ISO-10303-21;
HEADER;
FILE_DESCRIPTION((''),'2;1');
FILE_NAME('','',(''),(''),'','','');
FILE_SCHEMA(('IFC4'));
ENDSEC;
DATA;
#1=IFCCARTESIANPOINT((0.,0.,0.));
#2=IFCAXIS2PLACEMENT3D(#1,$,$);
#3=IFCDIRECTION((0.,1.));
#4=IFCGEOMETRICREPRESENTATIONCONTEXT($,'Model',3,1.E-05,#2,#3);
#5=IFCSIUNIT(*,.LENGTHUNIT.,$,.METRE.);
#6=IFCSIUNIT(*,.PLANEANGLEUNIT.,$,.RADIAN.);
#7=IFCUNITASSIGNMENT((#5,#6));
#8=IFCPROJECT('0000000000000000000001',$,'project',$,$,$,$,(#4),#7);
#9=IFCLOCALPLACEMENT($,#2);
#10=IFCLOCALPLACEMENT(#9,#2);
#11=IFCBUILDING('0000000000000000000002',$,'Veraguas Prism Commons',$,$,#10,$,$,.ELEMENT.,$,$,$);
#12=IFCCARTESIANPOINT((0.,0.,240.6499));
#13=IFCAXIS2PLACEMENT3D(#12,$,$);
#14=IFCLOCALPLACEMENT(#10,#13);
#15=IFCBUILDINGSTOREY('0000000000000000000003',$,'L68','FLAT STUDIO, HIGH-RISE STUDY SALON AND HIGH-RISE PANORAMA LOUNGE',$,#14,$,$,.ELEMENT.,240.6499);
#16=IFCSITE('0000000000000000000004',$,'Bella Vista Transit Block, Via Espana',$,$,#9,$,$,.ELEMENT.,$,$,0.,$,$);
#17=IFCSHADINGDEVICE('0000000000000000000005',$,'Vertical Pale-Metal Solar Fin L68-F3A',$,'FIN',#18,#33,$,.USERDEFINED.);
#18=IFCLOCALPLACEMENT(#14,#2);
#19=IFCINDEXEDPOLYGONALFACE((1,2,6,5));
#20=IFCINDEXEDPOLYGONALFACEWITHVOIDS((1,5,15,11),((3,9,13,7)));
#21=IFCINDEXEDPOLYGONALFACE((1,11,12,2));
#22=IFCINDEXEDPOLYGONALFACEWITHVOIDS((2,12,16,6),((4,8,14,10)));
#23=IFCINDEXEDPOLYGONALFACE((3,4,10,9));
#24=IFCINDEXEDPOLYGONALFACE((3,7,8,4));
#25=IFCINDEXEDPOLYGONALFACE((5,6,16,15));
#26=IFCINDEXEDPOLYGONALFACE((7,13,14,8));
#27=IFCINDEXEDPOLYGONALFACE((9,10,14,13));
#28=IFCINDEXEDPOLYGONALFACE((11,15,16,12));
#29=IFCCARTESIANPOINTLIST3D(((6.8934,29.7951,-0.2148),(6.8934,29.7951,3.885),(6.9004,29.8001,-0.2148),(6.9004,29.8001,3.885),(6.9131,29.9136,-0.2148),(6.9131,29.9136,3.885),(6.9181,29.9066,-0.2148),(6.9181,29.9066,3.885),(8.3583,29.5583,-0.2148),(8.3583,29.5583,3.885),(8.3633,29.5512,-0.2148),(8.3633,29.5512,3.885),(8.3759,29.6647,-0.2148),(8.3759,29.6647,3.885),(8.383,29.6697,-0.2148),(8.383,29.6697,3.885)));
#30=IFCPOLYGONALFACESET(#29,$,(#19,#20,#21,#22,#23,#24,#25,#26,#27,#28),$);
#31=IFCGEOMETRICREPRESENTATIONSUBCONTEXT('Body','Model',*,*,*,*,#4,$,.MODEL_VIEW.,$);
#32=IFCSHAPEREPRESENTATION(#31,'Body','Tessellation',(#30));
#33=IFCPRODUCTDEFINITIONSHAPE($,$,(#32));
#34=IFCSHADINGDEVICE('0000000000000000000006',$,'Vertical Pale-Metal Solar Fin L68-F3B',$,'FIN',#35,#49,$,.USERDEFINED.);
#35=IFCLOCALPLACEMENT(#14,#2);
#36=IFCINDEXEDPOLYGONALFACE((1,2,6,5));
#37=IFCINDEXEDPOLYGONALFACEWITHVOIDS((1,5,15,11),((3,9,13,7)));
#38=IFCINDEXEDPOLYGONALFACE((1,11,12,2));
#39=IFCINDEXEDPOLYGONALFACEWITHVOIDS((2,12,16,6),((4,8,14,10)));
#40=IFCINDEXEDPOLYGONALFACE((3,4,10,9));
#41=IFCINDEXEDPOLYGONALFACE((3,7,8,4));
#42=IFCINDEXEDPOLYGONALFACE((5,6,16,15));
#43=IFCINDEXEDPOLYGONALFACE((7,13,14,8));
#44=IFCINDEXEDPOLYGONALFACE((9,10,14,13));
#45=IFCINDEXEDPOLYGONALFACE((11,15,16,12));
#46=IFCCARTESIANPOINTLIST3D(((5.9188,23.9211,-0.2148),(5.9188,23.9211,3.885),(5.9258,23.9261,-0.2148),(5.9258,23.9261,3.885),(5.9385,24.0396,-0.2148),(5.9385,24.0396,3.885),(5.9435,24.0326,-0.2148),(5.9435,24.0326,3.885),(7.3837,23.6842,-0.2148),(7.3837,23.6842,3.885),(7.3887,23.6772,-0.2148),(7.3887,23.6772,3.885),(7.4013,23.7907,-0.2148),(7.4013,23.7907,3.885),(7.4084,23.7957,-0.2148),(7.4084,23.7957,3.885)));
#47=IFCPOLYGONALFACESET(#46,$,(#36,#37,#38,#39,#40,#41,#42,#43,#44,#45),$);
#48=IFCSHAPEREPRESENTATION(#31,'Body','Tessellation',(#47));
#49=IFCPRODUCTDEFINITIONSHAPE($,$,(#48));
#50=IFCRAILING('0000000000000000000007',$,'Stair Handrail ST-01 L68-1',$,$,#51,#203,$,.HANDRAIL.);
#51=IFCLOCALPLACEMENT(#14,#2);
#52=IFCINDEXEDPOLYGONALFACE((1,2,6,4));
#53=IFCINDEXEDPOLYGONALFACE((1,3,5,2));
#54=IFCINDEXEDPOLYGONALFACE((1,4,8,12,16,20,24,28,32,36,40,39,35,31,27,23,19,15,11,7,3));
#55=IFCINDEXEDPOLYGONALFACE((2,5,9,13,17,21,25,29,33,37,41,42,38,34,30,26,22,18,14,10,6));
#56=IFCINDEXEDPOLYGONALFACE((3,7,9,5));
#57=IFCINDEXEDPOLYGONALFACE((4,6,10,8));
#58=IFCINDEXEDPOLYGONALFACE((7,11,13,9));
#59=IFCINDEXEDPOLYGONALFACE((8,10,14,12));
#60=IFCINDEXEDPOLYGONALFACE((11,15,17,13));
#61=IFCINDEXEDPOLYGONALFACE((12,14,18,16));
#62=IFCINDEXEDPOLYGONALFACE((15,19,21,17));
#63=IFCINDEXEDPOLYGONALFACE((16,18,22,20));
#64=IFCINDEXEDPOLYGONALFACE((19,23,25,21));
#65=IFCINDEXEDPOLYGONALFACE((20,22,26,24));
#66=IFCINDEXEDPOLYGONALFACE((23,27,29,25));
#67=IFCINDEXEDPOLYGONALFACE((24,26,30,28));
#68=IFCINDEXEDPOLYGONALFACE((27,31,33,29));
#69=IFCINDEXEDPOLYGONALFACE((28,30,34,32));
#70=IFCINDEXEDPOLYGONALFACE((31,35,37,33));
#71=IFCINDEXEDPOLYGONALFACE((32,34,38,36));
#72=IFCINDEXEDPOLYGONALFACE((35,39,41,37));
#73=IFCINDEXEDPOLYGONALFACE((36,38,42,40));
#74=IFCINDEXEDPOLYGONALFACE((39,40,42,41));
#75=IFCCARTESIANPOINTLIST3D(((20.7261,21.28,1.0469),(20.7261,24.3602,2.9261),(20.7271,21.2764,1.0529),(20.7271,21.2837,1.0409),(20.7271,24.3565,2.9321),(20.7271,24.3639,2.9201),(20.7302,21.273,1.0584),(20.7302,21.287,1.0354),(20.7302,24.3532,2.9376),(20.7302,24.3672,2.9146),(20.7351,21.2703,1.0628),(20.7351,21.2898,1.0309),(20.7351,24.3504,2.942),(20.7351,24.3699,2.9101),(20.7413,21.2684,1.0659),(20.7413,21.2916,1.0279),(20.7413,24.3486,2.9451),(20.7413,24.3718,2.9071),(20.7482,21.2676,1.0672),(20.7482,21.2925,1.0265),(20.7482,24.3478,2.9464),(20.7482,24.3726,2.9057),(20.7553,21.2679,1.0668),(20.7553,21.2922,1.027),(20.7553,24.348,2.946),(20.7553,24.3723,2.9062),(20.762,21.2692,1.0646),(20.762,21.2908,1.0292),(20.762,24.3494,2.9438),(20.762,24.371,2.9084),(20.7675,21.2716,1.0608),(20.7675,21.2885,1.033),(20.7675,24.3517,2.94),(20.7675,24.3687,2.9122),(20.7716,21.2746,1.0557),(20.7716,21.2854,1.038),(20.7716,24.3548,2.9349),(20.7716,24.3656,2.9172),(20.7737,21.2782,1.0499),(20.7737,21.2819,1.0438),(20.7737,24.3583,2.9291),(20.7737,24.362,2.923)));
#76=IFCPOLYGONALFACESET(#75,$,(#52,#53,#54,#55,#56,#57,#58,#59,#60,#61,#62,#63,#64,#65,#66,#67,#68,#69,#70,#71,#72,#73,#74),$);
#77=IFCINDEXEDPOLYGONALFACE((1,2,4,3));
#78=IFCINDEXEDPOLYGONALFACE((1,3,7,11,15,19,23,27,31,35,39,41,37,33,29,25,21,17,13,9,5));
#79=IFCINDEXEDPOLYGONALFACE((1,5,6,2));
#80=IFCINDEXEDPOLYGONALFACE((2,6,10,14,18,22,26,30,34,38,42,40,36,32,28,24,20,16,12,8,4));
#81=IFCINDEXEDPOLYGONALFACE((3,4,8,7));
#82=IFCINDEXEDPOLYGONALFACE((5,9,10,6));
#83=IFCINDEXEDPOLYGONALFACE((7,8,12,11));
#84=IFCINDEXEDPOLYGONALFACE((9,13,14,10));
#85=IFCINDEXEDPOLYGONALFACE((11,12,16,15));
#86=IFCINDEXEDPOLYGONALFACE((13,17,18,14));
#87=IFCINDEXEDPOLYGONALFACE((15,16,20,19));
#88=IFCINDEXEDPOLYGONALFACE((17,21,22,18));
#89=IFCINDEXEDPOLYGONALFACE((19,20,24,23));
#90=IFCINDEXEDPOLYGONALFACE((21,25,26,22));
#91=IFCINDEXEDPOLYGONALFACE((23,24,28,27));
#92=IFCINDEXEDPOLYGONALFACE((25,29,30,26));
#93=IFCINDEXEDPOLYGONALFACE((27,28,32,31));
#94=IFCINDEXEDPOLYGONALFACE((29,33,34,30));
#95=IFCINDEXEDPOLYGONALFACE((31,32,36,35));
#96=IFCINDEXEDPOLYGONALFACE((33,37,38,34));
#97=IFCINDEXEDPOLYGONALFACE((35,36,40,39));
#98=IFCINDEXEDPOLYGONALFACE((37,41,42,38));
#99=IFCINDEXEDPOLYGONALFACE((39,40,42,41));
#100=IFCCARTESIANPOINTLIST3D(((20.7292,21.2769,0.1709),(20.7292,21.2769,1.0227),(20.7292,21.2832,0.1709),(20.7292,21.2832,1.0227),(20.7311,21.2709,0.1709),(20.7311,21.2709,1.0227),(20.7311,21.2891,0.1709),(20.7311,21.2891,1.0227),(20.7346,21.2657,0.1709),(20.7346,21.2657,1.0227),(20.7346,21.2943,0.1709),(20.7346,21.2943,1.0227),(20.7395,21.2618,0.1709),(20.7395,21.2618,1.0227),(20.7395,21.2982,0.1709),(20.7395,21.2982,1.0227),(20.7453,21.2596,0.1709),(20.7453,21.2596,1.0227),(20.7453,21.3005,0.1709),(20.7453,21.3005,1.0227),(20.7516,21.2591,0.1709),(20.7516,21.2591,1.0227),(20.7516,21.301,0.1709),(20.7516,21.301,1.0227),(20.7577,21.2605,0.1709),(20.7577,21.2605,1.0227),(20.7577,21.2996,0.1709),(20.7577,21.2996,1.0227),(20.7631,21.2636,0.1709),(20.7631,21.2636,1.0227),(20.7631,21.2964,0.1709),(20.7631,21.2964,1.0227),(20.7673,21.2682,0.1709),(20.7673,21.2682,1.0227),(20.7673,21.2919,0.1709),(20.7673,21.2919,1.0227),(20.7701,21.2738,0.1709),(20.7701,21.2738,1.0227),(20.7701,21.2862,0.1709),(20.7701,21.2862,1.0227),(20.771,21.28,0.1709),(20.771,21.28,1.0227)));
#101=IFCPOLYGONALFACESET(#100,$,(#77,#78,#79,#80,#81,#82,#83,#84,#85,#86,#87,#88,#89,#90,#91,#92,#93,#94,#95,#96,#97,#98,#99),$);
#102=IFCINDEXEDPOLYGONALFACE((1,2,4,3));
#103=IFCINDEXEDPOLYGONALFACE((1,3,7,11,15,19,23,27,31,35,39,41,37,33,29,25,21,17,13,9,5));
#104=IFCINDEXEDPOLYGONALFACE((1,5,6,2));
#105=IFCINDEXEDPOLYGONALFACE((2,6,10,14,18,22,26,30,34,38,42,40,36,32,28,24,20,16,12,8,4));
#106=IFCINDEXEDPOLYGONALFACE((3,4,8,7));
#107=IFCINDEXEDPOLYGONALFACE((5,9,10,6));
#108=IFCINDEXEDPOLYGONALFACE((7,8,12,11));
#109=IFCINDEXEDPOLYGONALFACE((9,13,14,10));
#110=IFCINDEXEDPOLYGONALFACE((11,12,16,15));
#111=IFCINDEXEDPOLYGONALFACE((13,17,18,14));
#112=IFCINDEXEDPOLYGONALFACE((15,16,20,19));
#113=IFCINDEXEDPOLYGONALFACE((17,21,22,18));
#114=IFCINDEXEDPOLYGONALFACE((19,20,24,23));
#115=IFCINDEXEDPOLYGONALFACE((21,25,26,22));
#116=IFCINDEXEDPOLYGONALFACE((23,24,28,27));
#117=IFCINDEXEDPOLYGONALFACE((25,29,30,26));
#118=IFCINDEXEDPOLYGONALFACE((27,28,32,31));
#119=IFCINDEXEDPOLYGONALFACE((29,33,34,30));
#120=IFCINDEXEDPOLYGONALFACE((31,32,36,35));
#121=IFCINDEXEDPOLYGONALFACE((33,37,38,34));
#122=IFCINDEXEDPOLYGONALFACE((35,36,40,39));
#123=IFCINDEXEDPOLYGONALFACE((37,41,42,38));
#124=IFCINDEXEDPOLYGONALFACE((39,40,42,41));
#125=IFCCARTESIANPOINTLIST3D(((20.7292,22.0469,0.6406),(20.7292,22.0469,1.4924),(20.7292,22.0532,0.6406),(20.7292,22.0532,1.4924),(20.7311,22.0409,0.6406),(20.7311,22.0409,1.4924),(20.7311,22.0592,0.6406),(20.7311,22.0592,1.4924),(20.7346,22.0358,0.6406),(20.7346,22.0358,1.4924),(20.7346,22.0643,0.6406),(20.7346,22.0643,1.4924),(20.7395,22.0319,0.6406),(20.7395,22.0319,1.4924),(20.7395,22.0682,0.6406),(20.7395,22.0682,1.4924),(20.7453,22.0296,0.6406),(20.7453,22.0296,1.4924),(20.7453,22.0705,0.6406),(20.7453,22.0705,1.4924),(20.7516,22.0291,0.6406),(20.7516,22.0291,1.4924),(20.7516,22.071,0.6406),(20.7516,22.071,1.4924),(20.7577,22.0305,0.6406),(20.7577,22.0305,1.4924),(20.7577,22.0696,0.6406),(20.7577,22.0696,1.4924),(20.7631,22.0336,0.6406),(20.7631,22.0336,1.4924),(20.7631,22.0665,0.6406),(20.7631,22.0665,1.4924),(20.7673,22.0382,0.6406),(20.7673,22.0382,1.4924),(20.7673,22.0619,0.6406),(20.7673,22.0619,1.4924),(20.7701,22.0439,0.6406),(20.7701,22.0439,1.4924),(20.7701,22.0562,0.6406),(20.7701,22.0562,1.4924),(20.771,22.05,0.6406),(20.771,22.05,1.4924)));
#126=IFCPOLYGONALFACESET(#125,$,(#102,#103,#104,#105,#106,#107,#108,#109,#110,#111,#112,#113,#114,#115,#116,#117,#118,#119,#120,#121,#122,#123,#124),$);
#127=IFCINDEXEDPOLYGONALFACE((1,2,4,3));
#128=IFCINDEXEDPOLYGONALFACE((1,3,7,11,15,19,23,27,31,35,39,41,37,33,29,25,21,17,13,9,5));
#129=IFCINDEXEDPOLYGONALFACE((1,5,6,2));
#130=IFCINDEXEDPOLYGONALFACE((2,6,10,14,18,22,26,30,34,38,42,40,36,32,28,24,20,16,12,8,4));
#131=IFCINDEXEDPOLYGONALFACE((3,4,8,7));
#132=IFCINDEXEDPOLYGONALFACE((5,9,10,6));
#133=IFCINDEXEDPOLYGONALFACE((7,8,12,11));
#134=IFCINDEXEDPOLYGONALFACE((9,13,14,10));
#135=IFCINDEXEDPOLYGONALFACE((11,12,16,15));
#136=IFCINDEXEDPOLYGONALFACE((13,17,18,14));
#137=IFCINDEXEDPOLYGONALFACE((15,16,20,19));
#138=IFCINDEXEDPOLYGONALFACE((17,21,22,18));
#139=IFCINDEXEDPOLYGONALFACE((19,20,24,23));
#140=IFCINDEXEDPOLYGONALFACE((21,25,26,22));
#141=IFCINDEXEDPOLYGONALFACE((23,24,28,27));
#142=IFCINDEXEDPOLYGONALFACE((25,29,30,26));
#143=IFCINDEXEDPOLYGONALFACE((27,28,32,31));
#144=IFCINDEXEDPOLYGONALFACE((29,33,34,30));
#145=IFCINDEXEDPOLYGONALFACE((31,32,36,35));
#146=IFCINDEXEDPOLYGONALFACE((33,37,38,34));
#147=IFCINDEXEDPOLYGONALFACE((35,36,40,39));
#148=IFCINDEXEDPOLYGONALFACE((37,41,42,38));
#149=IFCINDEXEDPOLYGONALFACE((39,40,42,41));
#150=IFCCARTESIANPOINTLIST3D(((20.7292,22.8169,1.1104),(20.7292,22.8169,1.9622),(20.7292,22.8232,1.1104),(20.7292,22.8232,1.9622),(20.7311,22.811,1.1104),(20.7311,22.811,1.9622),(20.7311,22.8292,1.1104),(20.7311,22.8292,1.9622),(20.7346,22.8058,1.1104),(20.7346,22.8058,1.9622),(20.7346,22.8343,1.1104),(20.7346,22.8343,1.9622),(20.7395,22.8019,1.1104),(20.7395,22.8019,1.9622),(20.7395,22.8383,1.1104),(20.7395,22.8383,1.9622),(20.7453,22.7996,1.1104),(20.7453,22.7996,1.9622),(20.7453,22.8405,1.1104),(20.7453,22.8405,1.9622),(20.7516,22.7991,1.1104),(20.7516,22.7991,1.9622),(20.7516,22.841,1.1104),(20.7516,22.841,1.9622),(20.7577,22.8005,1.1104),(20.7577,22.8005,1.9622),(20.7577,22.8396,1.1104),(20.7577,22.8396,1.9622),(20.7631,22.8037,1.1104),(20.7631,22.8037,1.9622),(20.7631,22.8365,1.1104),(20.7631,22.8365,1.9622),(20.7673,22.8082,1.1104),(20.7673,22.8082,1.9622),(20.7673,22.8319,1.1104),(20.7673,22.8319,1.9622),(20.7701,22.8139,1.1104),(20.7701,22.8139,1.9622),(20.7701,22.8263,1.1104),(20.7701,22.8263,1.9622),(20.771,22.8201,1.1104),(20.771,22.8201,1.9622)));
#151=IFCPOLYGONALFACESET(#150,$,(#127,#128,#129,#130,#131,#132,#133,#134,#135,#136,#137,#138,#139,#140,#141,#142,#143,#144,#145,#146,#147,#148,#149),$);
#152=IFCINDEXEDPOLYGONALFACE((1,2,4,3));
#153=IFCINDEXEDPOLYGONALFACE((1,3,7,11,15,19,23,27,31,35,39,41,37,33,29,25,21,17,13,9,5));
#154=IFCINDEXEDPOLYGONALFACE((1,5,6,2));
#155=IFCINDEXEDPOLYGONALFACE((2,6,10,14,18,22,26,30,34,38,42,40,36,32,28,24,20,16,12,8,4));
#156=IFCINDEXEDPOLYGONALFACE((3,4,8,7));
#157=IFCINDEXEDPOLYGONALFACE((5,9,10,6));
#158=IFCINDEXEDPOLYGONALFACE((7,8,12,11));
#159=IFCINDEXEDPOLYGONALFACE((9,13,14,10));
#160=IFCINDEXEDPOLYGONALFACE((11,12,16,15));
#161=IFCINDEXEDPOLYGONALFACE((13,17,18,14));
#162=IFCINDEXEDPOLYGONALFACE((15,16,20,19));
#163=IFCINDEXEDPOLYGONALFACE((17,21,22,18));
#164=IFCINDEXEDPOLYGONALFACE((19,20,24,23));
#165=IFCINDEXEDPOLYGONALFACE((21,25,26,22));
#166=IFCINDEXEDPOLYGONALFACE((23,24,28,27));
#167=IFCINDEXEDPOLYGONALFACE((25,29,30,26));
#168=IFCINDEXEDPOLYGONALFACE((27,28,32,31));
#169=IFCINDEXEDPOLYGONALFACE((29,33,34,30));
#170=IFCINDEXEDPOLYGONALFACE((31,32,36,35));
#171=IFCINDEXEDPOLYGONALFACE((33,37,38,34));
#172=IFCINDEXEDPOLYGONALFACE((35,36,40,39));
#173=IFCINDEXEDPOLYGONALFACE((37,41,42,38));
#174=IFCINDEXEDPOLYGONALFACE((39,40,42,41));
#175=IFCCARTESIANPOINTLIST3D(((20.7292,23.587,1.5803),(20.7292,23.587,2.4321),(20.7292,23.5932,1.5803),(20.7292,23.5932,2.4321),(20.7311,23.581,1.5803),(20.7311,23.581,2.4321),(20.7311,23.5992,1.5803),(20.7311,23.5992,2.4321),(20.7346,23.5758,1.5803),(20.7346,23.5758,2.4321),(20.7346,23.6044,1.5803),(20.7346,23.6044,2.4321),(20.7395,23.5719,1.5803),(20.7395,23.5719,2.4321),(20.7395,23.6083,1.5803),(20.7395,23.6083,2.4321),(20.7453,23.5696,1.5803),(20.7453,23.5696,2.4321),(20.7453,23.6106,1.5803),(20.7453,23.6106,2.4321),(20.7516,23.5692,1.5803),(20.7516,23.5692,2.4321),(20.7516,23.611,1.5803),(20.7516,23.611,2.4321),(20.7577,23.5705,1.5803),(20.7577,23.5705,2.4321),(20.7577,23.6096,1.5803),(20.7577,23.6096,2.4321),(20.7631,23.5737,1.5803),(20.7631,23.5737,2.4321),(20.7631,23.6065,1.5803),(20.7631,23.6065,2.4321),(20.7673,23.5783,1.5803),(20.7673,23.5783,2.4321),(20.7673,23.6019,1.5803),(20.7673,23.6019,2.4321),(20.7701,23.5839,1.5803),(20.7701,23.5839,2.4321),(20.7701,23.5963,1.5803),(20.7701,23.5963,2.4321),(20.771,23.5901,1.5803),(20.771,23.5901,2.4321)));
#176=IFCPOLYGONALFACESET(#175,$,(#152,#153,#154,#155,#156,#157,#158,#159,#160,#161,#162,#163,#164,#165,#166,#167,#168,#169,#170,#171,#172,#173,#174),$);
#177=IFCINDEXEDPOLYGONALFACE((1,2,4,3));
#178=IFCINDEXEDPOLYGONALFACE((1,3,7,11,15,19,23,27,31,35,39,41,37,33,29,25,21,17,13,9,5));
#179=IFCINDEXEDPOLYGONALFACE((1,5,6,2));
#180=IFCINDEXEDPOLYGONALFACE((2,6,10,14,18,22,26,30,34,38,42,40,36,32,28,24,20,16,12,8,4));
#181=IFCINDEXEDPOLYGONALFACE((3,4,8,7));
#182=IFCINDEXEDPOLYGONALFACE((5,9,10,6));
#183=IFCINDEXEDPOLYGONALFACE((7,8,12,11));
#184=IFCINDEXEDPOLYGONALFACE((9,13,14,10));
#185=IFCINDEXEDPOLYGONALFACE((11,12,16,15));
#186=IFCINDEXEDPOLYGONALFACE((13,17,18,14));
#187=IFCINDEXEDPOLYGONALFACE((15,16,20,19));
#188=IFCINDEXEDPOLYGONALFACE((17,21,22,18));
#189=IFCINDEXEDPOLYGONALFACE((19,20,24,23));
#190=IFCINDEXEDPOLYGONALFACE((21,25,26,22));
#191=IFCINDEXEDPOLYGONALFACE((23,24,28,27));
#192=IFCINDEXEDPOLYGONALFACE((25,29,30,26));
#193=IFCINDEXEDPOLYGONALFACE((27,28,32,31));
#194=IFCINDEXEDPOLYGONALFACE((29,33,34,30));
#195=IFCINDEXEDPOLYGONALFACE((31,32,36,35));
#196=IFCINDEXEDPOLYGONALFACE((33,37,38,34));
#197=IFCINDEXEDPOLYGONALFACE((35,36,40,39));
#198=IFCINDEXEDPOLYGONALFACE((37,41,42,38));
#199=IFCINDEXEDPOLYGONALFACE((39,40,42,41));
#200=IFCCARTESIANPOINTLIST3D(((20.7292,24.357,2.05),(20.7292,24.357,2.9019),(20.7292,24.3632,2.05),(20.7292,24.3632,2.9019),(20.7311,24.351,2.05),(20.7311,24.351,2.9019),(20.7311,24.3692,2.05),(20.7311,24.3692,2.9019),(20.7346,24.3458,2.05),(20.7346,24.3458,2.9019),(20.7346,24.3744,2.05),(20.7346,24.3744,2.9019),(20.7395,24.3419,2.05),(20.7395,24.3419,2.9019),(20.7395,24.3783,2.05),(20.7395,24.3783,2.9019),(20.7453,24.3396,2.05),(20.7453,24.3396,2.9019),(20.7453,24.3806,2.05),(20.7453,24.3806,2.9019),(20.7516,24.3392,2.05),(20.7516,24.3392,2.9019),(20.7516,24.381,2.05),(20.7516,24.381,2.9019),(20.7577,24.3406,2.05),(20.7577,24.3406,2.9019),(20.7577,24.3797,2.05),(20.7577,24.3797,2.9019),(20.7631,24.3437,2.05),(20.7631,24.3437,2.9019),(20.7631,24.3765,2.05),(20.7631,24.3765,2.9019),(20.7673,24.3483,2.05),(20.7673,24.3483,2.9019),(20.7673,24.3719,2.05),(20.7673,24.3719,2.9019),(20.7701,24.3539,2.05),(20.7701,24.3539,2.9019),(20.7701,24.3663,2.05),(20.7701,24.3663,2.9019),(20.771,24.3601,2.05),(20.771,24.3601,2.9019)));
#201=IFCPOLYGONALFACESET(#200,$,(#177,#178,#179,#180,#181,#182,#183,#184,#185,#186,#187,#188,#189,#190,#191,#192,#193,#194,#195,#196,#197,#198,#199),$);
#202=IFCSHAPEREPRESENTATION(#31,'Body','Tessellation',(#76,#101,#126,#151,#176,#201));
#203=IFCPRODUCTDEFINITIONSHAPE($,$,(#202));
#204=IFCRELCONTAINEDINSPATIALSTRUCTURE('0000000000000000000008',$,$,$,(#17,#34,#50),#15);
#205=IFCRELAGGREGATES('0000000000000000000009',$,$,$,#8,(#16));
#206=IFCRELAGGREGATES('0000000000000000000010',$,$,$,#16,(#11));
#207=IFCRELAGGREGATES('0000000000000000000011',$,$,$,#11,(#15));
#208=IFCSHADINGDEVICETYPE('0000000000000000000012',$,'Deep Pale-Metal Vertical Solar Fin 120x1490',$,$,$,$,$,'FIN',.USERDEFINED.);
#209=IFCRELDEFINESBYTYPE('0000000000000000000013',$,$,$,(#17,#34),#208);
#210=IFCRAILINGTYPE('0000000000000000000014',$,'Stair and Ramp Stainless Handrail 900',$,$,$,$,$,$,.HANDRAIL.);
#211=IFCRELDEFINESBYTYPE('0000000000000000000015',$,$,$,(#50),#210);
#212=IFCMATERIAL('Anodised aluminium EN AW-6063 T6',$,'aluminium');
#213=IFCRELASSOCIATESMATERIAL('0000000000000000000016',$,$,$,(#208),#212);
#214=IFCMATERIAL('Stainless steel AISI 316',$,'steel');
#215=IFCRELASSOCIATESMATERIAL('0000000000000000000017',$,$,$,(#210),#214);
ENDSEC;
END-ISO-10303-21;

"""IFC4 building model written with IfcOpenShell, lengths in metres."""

from ifc_helpers import new_model, si_unit, direction, frame, origin, origin_2d, place, context, subcontext, project, spatial, hollow_rectangle, circle, extrude, material, material_profile, profile_set, type_object, element, save


model = new_model("IFC4")

# Units and contexts
model_context = context("Model", 3, precision=1e-05, world=origin(), true_north=direction((0.0, 1.0)))
body_context = subcontext(model_context, "Body", "Model", "MODEL_VIEW")
ifc_project = project(units=[si_unit("LENGTHUNIT", "METRE"), si_unit("PLANEANGLEUNIT", "RADIAN")], contexts=[model_context])

# Site, building, storey
site_placement = place(None, origin())
site = spatial("IfcSite", under=ifc_project, at=site_placement, Name="Bella Vista Transit Block, Via Espana", CompositionType="ELEMENT", RefElevation=0.0)
building_placement = place(site_placement, origin())
building = spatial("IfcBuilding", under=site, at=building_placement, Name="Veraguas Prism Commons", CompositionType="ELEMENT")
storey_placement = place(building_placement, frame((0.0, 0.0, 240.6499)))
storey = spatial("IfcBuildingStorey", under=building, at=storey_placement, Name="L68", Description="FLAT STUDIO, HIGH-RISE STUDY SALON AND HIGH-RISE PANORAMA LOUNGE", CompositionType="ELEMENT", Elevation=240.6499)

# Shared definitions
ifc_material_1 = material(Name="Anodised aluminium EN AW-6063 T6", Category="aluminium")

# Shading devices
ifc_material_profile_1 = material_profile(ifc_material_1, hollow_rectangle(XDim=0.1201, YDim=1.49, WallThickness=0.0061, at=origin_2d()), Name="FIN120X1490X6")
ifc_profile_set_1 = profile_set([ifc_material_profile_1], Name="Anodised aluminium EN AW-6063 T6")
shading_device_type = type_object("IfcShadingDeviceType", Name="Deep Pale-Metal Vertical Solar Fin 120x1490", ElementType="FIN", PredefinedType="USERDEFINED", material=ifc_profile_set_1)
for number, where, z_axis, x_axis, name in (
    (1, (7.6382, 29.7324, -0.2148), (0.0, 0.0, 1.0), (-0.163667, -0.986516, 0.0), "Vertical Pale-Metal Solar Fin L68-F3A"),
    (2, (6.6636, 23.8584, -0.2148), (0.0, 0.0, 1.0), (-0.163667, -0.986516, 0.0), "Vertical Pale-Metal Solar Fin L68-F3B"),
):
    element("IfcShadingDevice", number, at=place(storey_placement, frame(where, z_axis=z_axis, x_axis=x_axis)), inside=storey, type_object=shading_device_type, Name=name, ObjectType="FIN", PredefinedType="USERDEFINED", context=body_context, shape_type="SweptSolid", body=[
        extrude(hollow_rectangle(XDim=0.1201, YDim=1.49, WallThickness=0.0061, at=origin_2d()), origin(), (0.0, 0.0, 1.0), 4.0999),
    ])

# Railing
ifc_material_2 = material(Name="Stainless steel AISI 316", Category="steel")
railing_type_1 = type_object("IfcRailingType", Name="Stair and Ramp Stainless Handrail 900", PredefinedType="HANDRAIL", material=ifc_material_2)
railing_1_placement = place(storey_placement, frame((20.75, 21.28, 0.1709)))
element("IfcRailing", 3, at=railing_1_placement, inside=storey, type_object=railing_type_1, Name="Stair Handrail ST-01 L68-1", PredefinedType="HANDRAIL", context=body_context, shape_type="SweptSolid", body=[
    extrude(circle(Radius=0.0239, at=origin_2d()), frame((0.0, 0.0, 0.876), z_axis=(0.0, 0.853666, 0.52082), x_axis=(-1.0, 0.0, 0.0)), (0.0, 0.0, 1.0), 3.6082),
    extrude(circle(Radius=0.021, at=origin_2d()), origin(), (0.0, 0.0, 1.0), 0.8518),
    extrude(circle(Radius=0.021, at=origin_2d()), frame((0.0, 0.77, 0.4697)), (0.0, 0.0, 1.0), 0.8518),
    extrude(circle(Radius=0.021, at=origin_2d()), frame((0.0, 1.54, 0.9395)), (0.0, 0.0, 1.0), 0.8518),
    extrude(circle(Radius=0.021, at=origin_2d()), frame((0.0, 2.3101, 1.4094)), (0.0, 0.0, 1.0), 0.8518),
    extrude(circle(Radius=0.021, at=origin_2d()), frame((0.0, 3.0801, 1.8792)), (0.0, 0.0, 1.0), 0.8518),
])

save(model, "model.ifc")
